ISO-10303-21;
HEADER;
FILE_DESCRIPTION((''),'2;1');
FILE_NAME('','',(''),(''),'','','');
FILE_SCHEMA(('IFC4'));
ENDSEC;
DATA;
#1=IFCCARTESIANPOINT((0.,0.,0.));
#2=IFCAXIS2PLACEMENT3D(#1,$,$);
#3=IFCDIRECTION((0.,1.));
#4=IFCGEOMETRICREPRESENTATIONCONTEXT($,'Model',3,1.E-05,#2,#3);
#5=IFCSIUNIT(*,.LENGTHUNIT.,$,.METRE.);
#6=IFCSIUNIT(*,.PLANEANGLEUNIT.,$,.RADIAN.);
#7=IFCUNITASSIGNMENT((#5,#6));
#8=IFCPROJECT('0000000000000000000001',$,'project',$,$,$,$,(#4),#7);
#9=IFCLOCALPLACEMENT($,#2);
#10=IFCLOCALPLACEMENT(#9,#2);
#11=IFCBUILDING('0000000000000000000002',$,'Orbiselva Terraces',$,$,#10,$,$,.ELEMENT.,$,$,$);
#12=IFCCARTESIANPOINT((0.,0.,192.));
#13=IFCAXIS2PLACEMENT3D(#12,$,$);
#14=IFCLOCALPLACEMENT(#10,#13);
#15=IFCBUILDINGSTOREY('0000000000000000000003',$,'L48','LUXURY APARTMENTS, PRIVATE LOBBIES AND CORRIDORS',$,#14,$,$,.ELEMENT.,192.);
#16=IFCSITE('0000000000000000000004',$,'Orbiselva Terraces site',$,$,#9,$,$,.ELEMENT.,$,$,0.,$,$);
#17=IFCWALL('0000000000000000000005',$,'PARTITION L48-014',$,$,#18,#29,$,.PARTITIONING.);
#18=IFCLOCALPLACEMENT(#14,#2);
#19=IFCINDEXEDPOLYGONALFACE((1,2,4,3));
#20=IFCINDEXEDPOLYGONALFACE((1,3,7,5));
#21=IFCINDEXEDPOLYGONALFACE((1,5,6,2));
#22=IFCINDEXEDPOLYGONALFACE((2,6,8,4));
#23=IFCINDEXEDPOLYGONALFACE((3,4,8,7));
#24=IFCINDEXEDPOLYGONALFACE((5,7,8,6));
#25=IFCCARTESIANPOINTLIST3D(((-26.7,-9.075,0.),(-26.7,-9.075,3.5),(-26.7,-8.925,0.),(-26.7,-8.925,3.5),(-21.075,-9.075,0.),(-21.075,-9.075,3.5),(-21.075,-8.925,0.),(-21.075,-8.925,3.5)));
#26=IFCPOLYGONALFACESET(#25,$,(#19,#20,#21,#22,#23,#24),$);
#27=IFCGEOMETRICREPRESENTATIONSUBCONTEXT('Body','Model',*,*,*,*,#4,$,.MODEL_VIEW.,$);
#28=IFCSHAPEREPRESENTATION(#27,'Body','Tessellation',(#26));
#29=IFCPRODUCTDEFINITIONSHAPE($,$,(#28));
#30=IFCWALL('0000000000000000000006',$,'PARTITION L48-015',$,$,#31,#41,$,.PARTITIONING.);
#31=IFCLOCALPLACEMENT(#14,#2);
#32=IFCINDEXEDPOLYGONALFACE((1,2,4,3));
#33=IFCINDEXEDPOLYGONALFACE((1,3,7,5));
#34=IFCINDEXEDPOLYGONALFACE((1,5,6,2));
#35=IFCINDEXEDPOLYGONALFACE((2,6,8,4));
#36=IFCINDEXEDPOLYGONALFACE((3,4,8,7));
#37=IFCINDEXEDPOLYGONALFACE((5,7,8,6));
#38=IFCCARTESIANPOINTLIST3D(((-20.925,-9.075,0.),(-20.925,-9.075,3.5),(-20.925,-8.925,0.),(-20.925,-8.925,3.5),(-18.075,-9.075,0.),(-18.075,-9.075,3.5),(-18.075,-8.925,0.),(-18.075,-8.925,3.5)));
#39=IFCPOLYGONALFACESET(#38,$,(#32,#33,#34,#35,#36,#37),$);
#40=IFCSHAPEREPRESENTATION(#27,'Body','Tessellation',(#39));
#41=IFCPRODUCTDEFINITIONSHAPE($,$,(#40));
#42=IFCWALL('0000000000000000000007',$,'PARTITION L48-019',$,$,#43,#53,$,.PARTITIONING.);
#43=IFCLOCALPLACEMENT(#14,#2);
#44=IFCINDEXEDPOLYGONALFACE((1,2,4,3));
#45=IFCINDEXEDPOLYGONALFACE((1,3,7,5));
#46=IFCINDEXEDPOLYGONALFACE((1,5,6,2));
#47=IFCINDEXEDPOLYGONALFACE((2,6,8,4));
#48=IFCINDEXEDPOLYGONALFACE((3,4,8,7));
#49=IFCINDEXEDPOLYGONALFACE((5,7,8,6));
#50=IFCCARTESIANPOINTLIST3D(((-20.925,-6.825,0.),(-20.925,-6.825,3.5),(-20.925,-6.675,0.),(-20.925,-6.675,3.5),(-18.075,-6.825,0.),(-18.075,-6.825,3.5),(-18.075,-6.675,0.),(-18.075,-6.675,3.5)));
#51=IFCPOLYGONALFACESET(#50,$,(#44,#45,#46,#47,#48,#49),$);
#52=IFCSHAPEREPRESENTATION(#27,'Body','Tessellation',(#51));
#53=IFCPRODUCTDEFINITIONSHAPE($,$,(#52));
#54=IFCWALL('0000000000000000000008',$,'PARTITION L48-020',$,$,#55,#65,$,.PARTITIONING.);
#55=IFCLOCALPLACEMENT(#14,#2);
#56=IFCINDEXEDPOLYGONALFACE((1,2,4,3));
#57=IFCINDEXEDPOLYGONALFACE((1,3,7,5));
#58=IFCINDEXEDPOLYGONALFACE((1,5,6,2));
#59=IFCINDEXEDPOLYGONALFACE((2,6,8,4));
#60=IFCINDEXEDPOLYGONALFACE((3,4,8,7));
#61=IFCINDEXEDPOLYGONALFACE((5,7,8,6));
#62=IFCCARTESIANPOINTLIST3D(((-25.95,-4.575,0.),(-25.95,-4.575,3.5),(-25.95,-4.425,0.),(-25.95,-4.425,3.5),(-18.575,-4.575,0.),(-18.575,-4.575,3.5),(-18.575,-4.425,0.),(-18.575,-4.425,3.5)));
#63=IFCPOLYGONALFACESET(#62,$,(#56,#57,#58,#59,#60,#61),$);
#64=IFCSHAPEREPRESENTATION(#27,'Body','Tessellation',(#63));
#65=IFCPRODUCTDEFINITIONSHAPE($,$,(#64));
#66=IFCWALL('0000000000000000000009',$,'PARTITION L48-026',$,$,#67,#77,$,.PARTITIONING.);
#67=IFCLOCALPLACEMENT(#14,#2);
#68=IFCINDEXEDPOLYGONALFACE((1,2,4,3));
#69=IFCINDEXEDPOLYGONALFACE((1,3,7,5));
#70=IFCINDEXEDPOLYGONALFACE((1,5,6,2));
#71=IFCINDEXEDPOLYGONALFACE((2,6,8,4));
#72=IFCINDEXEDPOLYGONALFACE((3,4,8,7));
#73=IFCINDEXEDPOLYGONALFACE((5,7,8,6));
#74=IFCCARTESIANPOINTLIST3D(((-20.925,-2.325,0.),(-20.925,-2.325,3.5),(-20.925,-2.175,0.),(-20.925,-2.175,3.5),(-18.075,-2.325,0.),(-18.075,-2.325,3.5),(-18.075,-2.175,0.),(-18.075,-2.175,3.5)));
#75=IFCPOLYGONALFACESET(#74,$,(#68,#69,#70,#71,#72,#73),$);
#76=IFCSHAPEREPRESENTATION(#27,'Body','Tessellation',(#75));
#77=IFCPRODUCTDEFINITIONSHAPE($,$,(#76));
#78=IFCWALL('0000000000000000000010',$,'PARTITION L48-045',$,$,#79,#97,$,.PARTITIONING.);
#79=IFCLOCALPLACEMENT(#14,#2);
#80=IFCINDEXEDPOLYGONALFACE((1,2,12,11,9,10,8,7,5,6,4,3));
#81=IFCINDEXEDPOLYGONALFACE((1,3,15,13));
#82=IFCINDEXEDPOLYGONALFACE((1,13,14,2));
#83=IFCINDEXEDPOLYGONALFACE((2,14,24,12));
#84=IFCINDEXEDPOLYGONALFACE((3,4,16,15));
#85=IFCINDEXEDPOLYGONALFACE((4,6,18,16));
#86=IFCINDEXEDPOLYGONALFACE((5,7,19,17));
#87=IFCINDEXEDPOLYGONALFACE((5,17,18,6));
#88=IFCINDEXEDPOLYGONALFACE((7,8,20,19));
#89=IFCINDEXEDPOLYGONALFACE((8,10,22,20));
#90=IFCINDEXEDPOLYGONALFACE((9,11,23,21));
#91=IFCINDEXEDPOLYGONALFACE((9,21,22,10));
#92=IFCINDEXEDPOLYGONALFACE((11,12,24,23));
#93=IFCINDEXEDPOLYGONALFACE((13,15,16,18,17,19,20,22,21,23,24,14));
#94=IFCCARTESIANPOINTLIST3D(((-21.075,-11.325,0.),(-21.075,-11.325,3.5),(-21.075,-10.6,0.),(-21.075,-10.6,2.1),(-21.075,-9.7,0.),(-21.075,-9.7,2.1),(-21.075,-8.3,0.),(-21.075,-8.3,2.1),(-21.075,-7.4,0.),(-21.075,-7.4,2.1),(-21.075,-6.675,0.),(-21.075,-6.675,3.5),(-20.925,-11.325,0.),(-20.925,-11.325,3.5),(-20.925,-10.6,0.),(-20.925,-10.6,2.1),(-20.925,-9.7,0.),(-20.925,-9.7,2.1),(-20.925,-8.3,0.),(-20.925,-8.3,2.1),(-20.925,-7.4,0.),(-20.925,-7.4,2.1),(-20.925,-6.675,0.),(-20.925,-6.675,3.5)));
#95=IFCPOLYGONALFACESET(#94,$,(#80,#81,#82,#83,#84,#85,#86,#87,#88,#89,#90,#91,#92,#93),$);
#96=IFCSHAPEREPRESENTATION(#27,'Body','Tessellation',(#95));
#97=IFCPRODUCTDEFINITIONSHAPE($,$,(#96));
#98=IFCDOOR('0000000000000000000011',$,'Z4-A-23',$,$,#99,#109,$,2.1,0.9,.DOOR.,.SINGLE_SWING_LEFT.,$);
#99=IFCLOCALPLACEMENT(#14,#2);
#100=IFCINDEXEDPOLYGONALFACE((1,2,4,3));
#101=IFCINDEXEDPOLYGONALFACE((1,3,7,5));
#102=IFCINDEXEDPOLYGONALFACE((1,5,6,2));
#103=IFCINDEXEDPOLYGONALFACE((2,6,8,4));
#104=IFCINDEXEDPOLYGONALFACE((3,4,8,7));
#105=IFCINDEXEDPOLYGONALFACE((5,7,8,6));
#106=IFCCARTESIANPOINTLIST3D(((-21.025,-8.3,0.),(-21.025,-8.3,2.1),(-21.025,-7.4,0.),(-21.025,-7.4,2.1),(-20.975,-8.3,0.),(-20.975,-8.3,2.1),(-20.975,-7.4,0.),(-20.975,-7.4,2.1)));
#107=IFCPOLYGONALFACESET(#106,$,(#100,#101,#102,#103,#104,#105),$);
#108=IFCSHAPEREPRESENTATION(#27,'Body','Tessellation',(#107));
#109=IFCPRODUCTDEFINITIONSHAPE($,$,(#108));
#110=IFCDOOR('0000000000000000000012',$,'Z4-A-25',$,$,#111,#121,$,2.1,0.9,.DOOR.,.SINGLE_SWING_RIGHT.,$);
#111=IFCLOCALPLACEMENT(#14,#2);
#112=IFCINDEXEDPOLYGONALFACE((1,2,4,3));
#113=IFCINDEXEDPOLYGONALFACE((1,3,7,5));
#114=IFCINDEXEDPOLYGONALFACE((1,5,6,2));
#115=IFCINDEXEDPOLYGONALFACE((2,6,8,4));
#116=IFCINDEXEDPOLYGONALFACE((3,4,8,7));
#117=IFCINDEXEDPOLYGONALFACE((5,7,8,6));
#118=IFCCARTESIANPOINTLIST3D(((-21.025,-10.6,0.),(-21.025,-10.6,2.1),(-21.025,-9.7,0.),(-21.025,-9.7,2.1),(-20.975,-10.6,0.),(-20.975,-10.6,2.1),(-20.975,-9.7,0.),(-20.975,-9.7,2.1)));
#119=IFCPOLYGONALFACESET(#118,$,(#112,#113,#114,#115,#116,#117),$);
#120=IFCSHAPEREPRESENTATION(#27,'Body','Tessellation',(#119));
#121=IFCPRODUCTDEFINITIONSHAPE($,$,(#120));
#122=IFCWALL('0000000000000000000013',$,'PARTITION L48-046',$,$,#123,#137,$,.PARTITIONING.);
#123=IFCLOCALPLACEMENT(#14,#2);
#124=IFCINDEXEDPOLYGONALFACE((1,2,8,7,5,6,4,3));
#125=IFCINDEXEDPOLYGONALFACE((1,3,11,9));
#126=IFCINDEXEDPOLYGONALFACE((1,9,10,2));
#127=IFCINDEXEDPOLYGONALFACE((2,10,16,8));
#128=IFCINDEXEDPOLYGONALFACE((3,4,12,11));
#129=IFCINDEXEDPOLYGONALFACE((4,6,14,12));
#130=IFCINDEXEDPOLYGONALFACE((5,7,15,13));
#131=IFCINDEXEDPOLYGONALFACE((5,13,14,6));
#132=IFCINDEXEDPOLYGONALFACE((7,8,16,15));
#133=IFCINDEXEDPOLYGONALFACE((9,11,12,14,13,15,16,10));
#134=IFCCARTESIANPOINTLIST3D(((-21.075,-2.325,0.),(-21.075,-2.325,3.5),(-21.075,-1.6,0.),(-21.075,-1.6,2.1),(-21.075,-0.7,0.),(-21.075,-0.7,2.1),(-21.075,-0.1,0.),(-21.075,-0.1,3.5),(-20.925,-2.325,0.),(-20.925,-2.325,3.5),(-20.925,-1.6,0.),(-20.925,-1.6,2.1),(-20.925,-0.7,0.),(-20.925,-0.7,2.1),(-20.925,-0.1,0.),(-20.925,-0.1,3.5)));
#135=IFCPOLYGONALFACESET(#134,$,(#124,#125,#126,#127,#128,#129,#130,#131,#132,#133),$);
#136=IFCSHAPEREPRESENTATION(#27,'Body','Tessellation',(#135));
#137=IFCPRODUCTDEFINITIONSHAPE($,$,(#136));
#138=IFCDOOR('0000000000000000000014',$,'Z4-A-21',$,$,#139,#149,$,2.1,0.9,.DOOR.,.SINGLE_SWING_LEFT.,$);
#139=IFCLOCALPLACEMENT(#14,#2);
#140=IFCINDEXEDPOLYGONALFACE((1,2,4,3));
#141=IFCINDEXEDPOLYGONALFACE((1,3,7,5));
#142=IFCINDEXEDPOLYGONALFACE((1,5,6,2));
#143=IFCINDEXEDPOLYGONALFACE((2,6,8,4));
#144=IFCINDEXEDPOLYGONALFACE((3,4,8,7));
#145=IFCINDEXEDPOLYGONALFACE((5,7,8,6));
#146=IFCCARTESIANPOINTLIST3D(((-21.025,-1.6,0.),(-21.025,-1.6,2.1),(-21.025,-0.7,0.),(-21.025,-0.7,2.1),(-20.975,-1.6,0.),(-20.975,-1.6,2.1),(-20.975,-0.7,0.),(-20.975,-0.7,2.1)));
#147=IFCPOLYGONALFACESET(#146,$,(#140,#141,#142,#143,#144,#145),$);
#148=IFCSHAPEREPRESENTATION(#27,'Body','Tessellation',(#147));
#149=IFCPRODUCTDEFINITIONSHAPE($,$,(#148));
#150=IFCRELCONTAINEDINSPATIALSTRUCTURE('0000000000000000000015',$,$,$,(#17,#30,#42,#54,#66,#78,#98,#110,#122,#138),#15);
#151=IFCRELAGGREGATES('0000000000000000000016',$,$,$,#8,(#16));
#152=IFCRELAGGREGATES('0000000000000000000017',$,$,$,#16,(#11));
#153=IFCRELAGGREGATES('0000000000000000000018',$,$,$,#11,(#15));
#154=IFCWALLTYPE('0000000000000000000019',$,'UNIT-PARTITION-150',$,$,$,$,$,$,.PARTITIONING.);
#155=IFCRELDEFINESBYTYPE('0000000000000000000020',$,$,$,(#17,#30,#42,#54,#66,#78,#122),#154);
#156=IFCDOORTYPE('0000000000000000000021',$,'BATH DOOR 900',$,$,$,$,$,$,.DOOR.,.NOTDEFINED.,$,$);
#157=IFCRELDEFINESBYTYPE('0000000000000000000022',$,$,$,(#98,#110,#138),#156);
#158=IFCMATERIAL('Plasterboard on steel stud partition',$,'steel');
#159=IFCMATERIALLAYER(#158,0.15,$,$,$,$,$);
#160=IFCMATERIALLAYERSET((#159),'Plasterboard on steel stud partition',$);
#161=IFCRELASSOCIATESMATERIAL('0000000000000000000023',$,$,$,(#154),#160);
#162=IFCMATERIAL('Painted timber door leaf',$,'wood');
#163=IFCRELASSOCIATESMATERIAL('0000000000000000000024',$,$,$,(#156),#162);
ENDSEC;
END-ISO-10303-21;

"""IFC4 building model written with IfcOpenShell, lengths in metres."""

from ifc_helpers import new_model, si_unit, direction, frame, frame_2d, origin, place, context, subcontext, project, spatial, rectangle, extrude, material, layer, layer_set, type_object, element, fill, save


model = new_model("IFC4")

# Units and contexts
model_context = context("Model", 3, precision=1e-05, world=origin(), true_north=direction((0.0, 1.0)))
body_context = subcontext(model_context, "Body", "Model", "MODEL_VIEW")
ifc_project = project(units=[si_unit("LENGTHUNIT", "METRE"), si_unit("PLANEANGLEUNIT", "RADIAN")], contexts=[model_context])

# Site, building, storey
site_placement = place(None, origin())
site = spatial("IfcSite", under=ifc_project, at=site_placement, Name="Orbiselva Terraces site", CompositionType="ELEMENT", RefElevation=0.0)
building_placement = place(site_placement, origin())
building = spatial("IfcBuilding", under=site, at=building_placement, Name="Orbiselva Terraces", CompositionType="ELEMENT")
storey_placement = place(building_placement, frame((0.0, 0.0, 192.0)))
storey = spatial("IfcBuildingStorey", under=building, at=storey_placement, Name="L48", Description="LUXURY APARTMENTS, PRIVATE LOBBIES AND CORRIDORS", CompositionType="ELEMENT", Elevation=192.0)

# Walls
ifc_material_1 = material(Name="Plasterboard on steel stud partition", Category="steel")
ifc_layer_1 = layer(ifc_material_1, 0.15)
ifc_layer_set_1 = layer_set([ifc_layer_1], Name="Plasterboard on steel stud partition")
wall_type_1 = type_object("IfcWallType", Name="UNIT-PARTITION-150", PredefinedType="PARTITIONING", material=ifc_layer_set_1)
wall_1_placement = place(storey_placement, frame((-26.7, -9.0, 0.0), z_axis=(0.0, 0.0, 1.0), x_axis=(1.0, 0.0, 0.0)))
element("IfcWall", 1, at=wall_1_placement, inside=storey, type_object=wall_type_1, Name="PARTITION L48-014", PredefinedType="PARTITIONING", context=body_context, shape_type="SweptSolid", body=[
    extrude(rectangle(XDim=5.625, YDim=0.15, at=frame_2d((2.8125, 0.0))), origin(), (0.0, 0.0, 1.0), 3.5),
])
for number, where, z_axis, x_axis, name in (
    (2, (-20.925, -9.0, 0.0), (0.0, 0.0, 1.0), (1.0, 0.0, 0.0), "PARTITION L48-015"),
    (3, (-20.925, -6.75, 0.0), (0.0, 0.0, 1.0), (1.0, 0.0, 0.0), "PARTITION L48-019"),
):
    element("IfcWall", number, at=place(storey_placement, frame(where, z_axis=z_axis, x_axis=x_axis)), inside=storey, type_object=wall_type_1, Name=name, PredefinedType="PARTITIONING", context=body_context, shape_type="SweptSolid", body=[
        extrude(rectangle(XDim=2.85, YDim=0.15, at=frame_2d((1.425, 0.0))), origin(), (0.0, 0.0, 1.0), 3.5),
    ])
wall_2_placement = place(storey_placement, frame((-25.95, -4.5, 0.0), z_axis=(0.0, 0.0, 1.0), x_axis=(1.0, 0.0, 0.0)))
element("IfcWall", 4, at=wall_2_placement, inside=storey, type_object=wall_type_1, Name="PARTITION L48-020", PredefinedType="PARTITIONING", context=body_context, shape_type="SweptSolid", body=[
    extrude(rectangle(XDim=7.375, YDim=0.15, at=frame_2d((3.6875, 0.0))), origin(), (0.0, 0.0, 1.0), 3.5),
])
wall_3_placement = place(storey_placement, frame((-20.925, -2.25, 0.0), z_axis=(0.0, 0.0, 1.0), x_axis=(1.0, 0.0, 0.0)))
element("IfcWall", 5, at=wall_3_placement, inside=storey, type_object=wall_type_1, Name="PARTITION L48-026", PredefinedType="PARTITIONING", context=body_context, shape_type="SweptSolid", body=[
    extrude(rectangle(XDim=2.85, YDim=0.15, at=frame_2d((1.425, 0.0))), origin(), (0.0, 0.0, 1.0), 3.5),
])

# Wall, openings, doors
wall_4_placement = place(storey_placement, frame((-21.0, -6.675, 0.0), z_axis=(0.0, 0.0, 1.0), x_axis=(0.0, -1.0, 0.0)))
wall_4 = element("IfcWall", 6, at=wall_4_placement, inside=storey, type_object=wall_type_1, Name="PARTITION L48-045", PredefinedType="PARTITIONING", context=body_context, shape_type="SweptSolid", body=[
    extrude(rectangle(XDim=4.65, YDim=0.15, at=frame_2d((2.325, 0.0))), origin(), (0.0, 0.0, 1.0), 3.5),
])
opening_1_placement = place(wall_4_placement, frame((0.725, 0.0, 0.0)))
opening_1 = element("IfcOpeningElement", 7, at=opening_1_placement, cuts=wall_4, PredefinedType="OPENING", context=body_context, shape_type="SweptSolid", body=[
    extrude(rectangle(XDim=0.9, YDim=2.1, at=frame_2d((0.45, 1.05))), frame((0.0, 0.085, 0.0), z_axis=(0.0, -1.0, 0.0), x_axis=(1.0, 0.0, 0.0)), (0.0, 0.0, 1.0), 0.17),
])
opening_2_placement = place(wall_4_placement, frame((3.025, 0.0, 0.0)))
opening_2 = element("IfcOpeningElement", 8, at=opening_2_placement, cuts=wall_4, PredefinedType="OPENING", context=body_context, shape_type="SweptSolid", body=[
    extrude(rectangle(XDim=0.9, YDim=2.1, at=frame_2d((0.45, 1.05))), frame((0.0, 0.085, 0.0), z_axis=(0.0, -1.0, 0.0), x_axis=(1.0, 0.0, 0.0)), (0.0, 0.0, 1.0), 0.17),
])
ifc_material_2 = material(Name="Painted timber door leaf", Category="wood")
door_type_1 = type_object("IfcDoorType", Name="BATH DOOR 900", OperationType="NOTDEFINED", PredefinedType="DOOR", material=ifc_material_2)
door_1_placement = place(opening_1_placement, origin())
door_1 = element("IfcDoor", 9, at=door_1_placement, inside=storey, type_object=door_type_1, Name="Z4-A-23", OperationType="SINGLE_SWING_LEFT", OverallHeight=2.1, OverallWidth=0.9, PredefinedType="DOOR", context=body_context, shape_type="SweptSolid", body=[
    extrude(rectangle(XDim=0.9, YDim=2.1, at=frame_2d((0.45, 1.05))), frame((0.0, 0.025, 0.0), z_axis=(0.0, -1.0, 0.0), x_axis=(1.0, 0.0, 0.0)), (0.0, 0.0, 1.0), 0.05),
])
fill(opening_1, door_1)
door_2_placement = place(opening_2_placement, origin())
door_2 = element("IfcDoor", 10, at=door_2_placement, inside=storey, type_object=door_type_1, Name="Z4-A-25", OperationType="SINGLE_SWING_RIGHT", OverallHeight=2.1, OverallWidth=0.9, PredefinedType="DOOR", context=body_context, shape_type="SweptSolid", body=[
    extrude(rectangle(XDim=0.9, YDim=2.1, at=frame_2d((0.45, 1.05))), frame((0.0, 0.025, 0.0), z_axis=(0.0, -1.0, 0.0), x_axis=(1.0, 0.0, 0.0)), (0.0, 0.0, 1.0), 0.05),
])
fill(opening_2, door_2)

# Wall, opening, door
wall_5_placement = place(storey_placement, frame((-21.0, -0.1, 0.0), z_axis=(0.0, 0.0, 1.0), x_axis=(0.0, -1.0, 0.0)))
wall_5 = element("IfcWall", 11, at=wall_5_placement, inside=storey, type_object=wall_type_1, Name="PARTITION L48-046", PredefinedType="PARTITIONING", context=body_context, shape_type="SweptSolid", body=[
    extrude(rectangle(XDim=2.225, YDim=0.15, at=frame_2d((1.1125, 0.0))), origin(), (0.0, 0.0, 1.0), 3.5),
])
opening_3_placement = place(wall_5_placement, frame((0.6, 0.0, 0.0)))
opening_3 = element("IfcOpeningElement", 12, at=opening_3_placement, cuts=wall_5, PredefinedType="OPENING", context=body_context, shape_type="SweptSolid", body=[
    extrude(rectangle(XDim=0.9, YDim=2.1, at=frame_2d((0.45, 1.05))), frame((0.0, 0.085, 0.0), z_axis=(0.0, -1.0, 0.0), x_axis=(1.0, 0.0, 0.0)), (0.0, 0.0, 1.0), 0.17),
])
door_3_placement = place(opening_3_placement, origin())
door_3 = element("IfcDoor", 13, at=door_3_placement, inside=storey, type_object=door_type_1, Name="Z4-A-21", OperationType="SINGLE_SWING_LEFT", OverallHeight=2.1, OverallWidth=0.9, PredefinedType="DOOR", context=body_context, shape_type="SweptSolid", body=[
    extrude(rectangle(XDim=0.9, YDim=2.1, at=frame_2d((0.45, 1.05))), frame((0.0, 0.025, 0.0), z_axis=(0.0, -1.0, 0.0), x_axis=(1.0, 0.0, 0.0)), (0.0, 0.0, 1.0), 0.05),
])
fill(opening_3, door_3)

save(model, "model.ifc")
